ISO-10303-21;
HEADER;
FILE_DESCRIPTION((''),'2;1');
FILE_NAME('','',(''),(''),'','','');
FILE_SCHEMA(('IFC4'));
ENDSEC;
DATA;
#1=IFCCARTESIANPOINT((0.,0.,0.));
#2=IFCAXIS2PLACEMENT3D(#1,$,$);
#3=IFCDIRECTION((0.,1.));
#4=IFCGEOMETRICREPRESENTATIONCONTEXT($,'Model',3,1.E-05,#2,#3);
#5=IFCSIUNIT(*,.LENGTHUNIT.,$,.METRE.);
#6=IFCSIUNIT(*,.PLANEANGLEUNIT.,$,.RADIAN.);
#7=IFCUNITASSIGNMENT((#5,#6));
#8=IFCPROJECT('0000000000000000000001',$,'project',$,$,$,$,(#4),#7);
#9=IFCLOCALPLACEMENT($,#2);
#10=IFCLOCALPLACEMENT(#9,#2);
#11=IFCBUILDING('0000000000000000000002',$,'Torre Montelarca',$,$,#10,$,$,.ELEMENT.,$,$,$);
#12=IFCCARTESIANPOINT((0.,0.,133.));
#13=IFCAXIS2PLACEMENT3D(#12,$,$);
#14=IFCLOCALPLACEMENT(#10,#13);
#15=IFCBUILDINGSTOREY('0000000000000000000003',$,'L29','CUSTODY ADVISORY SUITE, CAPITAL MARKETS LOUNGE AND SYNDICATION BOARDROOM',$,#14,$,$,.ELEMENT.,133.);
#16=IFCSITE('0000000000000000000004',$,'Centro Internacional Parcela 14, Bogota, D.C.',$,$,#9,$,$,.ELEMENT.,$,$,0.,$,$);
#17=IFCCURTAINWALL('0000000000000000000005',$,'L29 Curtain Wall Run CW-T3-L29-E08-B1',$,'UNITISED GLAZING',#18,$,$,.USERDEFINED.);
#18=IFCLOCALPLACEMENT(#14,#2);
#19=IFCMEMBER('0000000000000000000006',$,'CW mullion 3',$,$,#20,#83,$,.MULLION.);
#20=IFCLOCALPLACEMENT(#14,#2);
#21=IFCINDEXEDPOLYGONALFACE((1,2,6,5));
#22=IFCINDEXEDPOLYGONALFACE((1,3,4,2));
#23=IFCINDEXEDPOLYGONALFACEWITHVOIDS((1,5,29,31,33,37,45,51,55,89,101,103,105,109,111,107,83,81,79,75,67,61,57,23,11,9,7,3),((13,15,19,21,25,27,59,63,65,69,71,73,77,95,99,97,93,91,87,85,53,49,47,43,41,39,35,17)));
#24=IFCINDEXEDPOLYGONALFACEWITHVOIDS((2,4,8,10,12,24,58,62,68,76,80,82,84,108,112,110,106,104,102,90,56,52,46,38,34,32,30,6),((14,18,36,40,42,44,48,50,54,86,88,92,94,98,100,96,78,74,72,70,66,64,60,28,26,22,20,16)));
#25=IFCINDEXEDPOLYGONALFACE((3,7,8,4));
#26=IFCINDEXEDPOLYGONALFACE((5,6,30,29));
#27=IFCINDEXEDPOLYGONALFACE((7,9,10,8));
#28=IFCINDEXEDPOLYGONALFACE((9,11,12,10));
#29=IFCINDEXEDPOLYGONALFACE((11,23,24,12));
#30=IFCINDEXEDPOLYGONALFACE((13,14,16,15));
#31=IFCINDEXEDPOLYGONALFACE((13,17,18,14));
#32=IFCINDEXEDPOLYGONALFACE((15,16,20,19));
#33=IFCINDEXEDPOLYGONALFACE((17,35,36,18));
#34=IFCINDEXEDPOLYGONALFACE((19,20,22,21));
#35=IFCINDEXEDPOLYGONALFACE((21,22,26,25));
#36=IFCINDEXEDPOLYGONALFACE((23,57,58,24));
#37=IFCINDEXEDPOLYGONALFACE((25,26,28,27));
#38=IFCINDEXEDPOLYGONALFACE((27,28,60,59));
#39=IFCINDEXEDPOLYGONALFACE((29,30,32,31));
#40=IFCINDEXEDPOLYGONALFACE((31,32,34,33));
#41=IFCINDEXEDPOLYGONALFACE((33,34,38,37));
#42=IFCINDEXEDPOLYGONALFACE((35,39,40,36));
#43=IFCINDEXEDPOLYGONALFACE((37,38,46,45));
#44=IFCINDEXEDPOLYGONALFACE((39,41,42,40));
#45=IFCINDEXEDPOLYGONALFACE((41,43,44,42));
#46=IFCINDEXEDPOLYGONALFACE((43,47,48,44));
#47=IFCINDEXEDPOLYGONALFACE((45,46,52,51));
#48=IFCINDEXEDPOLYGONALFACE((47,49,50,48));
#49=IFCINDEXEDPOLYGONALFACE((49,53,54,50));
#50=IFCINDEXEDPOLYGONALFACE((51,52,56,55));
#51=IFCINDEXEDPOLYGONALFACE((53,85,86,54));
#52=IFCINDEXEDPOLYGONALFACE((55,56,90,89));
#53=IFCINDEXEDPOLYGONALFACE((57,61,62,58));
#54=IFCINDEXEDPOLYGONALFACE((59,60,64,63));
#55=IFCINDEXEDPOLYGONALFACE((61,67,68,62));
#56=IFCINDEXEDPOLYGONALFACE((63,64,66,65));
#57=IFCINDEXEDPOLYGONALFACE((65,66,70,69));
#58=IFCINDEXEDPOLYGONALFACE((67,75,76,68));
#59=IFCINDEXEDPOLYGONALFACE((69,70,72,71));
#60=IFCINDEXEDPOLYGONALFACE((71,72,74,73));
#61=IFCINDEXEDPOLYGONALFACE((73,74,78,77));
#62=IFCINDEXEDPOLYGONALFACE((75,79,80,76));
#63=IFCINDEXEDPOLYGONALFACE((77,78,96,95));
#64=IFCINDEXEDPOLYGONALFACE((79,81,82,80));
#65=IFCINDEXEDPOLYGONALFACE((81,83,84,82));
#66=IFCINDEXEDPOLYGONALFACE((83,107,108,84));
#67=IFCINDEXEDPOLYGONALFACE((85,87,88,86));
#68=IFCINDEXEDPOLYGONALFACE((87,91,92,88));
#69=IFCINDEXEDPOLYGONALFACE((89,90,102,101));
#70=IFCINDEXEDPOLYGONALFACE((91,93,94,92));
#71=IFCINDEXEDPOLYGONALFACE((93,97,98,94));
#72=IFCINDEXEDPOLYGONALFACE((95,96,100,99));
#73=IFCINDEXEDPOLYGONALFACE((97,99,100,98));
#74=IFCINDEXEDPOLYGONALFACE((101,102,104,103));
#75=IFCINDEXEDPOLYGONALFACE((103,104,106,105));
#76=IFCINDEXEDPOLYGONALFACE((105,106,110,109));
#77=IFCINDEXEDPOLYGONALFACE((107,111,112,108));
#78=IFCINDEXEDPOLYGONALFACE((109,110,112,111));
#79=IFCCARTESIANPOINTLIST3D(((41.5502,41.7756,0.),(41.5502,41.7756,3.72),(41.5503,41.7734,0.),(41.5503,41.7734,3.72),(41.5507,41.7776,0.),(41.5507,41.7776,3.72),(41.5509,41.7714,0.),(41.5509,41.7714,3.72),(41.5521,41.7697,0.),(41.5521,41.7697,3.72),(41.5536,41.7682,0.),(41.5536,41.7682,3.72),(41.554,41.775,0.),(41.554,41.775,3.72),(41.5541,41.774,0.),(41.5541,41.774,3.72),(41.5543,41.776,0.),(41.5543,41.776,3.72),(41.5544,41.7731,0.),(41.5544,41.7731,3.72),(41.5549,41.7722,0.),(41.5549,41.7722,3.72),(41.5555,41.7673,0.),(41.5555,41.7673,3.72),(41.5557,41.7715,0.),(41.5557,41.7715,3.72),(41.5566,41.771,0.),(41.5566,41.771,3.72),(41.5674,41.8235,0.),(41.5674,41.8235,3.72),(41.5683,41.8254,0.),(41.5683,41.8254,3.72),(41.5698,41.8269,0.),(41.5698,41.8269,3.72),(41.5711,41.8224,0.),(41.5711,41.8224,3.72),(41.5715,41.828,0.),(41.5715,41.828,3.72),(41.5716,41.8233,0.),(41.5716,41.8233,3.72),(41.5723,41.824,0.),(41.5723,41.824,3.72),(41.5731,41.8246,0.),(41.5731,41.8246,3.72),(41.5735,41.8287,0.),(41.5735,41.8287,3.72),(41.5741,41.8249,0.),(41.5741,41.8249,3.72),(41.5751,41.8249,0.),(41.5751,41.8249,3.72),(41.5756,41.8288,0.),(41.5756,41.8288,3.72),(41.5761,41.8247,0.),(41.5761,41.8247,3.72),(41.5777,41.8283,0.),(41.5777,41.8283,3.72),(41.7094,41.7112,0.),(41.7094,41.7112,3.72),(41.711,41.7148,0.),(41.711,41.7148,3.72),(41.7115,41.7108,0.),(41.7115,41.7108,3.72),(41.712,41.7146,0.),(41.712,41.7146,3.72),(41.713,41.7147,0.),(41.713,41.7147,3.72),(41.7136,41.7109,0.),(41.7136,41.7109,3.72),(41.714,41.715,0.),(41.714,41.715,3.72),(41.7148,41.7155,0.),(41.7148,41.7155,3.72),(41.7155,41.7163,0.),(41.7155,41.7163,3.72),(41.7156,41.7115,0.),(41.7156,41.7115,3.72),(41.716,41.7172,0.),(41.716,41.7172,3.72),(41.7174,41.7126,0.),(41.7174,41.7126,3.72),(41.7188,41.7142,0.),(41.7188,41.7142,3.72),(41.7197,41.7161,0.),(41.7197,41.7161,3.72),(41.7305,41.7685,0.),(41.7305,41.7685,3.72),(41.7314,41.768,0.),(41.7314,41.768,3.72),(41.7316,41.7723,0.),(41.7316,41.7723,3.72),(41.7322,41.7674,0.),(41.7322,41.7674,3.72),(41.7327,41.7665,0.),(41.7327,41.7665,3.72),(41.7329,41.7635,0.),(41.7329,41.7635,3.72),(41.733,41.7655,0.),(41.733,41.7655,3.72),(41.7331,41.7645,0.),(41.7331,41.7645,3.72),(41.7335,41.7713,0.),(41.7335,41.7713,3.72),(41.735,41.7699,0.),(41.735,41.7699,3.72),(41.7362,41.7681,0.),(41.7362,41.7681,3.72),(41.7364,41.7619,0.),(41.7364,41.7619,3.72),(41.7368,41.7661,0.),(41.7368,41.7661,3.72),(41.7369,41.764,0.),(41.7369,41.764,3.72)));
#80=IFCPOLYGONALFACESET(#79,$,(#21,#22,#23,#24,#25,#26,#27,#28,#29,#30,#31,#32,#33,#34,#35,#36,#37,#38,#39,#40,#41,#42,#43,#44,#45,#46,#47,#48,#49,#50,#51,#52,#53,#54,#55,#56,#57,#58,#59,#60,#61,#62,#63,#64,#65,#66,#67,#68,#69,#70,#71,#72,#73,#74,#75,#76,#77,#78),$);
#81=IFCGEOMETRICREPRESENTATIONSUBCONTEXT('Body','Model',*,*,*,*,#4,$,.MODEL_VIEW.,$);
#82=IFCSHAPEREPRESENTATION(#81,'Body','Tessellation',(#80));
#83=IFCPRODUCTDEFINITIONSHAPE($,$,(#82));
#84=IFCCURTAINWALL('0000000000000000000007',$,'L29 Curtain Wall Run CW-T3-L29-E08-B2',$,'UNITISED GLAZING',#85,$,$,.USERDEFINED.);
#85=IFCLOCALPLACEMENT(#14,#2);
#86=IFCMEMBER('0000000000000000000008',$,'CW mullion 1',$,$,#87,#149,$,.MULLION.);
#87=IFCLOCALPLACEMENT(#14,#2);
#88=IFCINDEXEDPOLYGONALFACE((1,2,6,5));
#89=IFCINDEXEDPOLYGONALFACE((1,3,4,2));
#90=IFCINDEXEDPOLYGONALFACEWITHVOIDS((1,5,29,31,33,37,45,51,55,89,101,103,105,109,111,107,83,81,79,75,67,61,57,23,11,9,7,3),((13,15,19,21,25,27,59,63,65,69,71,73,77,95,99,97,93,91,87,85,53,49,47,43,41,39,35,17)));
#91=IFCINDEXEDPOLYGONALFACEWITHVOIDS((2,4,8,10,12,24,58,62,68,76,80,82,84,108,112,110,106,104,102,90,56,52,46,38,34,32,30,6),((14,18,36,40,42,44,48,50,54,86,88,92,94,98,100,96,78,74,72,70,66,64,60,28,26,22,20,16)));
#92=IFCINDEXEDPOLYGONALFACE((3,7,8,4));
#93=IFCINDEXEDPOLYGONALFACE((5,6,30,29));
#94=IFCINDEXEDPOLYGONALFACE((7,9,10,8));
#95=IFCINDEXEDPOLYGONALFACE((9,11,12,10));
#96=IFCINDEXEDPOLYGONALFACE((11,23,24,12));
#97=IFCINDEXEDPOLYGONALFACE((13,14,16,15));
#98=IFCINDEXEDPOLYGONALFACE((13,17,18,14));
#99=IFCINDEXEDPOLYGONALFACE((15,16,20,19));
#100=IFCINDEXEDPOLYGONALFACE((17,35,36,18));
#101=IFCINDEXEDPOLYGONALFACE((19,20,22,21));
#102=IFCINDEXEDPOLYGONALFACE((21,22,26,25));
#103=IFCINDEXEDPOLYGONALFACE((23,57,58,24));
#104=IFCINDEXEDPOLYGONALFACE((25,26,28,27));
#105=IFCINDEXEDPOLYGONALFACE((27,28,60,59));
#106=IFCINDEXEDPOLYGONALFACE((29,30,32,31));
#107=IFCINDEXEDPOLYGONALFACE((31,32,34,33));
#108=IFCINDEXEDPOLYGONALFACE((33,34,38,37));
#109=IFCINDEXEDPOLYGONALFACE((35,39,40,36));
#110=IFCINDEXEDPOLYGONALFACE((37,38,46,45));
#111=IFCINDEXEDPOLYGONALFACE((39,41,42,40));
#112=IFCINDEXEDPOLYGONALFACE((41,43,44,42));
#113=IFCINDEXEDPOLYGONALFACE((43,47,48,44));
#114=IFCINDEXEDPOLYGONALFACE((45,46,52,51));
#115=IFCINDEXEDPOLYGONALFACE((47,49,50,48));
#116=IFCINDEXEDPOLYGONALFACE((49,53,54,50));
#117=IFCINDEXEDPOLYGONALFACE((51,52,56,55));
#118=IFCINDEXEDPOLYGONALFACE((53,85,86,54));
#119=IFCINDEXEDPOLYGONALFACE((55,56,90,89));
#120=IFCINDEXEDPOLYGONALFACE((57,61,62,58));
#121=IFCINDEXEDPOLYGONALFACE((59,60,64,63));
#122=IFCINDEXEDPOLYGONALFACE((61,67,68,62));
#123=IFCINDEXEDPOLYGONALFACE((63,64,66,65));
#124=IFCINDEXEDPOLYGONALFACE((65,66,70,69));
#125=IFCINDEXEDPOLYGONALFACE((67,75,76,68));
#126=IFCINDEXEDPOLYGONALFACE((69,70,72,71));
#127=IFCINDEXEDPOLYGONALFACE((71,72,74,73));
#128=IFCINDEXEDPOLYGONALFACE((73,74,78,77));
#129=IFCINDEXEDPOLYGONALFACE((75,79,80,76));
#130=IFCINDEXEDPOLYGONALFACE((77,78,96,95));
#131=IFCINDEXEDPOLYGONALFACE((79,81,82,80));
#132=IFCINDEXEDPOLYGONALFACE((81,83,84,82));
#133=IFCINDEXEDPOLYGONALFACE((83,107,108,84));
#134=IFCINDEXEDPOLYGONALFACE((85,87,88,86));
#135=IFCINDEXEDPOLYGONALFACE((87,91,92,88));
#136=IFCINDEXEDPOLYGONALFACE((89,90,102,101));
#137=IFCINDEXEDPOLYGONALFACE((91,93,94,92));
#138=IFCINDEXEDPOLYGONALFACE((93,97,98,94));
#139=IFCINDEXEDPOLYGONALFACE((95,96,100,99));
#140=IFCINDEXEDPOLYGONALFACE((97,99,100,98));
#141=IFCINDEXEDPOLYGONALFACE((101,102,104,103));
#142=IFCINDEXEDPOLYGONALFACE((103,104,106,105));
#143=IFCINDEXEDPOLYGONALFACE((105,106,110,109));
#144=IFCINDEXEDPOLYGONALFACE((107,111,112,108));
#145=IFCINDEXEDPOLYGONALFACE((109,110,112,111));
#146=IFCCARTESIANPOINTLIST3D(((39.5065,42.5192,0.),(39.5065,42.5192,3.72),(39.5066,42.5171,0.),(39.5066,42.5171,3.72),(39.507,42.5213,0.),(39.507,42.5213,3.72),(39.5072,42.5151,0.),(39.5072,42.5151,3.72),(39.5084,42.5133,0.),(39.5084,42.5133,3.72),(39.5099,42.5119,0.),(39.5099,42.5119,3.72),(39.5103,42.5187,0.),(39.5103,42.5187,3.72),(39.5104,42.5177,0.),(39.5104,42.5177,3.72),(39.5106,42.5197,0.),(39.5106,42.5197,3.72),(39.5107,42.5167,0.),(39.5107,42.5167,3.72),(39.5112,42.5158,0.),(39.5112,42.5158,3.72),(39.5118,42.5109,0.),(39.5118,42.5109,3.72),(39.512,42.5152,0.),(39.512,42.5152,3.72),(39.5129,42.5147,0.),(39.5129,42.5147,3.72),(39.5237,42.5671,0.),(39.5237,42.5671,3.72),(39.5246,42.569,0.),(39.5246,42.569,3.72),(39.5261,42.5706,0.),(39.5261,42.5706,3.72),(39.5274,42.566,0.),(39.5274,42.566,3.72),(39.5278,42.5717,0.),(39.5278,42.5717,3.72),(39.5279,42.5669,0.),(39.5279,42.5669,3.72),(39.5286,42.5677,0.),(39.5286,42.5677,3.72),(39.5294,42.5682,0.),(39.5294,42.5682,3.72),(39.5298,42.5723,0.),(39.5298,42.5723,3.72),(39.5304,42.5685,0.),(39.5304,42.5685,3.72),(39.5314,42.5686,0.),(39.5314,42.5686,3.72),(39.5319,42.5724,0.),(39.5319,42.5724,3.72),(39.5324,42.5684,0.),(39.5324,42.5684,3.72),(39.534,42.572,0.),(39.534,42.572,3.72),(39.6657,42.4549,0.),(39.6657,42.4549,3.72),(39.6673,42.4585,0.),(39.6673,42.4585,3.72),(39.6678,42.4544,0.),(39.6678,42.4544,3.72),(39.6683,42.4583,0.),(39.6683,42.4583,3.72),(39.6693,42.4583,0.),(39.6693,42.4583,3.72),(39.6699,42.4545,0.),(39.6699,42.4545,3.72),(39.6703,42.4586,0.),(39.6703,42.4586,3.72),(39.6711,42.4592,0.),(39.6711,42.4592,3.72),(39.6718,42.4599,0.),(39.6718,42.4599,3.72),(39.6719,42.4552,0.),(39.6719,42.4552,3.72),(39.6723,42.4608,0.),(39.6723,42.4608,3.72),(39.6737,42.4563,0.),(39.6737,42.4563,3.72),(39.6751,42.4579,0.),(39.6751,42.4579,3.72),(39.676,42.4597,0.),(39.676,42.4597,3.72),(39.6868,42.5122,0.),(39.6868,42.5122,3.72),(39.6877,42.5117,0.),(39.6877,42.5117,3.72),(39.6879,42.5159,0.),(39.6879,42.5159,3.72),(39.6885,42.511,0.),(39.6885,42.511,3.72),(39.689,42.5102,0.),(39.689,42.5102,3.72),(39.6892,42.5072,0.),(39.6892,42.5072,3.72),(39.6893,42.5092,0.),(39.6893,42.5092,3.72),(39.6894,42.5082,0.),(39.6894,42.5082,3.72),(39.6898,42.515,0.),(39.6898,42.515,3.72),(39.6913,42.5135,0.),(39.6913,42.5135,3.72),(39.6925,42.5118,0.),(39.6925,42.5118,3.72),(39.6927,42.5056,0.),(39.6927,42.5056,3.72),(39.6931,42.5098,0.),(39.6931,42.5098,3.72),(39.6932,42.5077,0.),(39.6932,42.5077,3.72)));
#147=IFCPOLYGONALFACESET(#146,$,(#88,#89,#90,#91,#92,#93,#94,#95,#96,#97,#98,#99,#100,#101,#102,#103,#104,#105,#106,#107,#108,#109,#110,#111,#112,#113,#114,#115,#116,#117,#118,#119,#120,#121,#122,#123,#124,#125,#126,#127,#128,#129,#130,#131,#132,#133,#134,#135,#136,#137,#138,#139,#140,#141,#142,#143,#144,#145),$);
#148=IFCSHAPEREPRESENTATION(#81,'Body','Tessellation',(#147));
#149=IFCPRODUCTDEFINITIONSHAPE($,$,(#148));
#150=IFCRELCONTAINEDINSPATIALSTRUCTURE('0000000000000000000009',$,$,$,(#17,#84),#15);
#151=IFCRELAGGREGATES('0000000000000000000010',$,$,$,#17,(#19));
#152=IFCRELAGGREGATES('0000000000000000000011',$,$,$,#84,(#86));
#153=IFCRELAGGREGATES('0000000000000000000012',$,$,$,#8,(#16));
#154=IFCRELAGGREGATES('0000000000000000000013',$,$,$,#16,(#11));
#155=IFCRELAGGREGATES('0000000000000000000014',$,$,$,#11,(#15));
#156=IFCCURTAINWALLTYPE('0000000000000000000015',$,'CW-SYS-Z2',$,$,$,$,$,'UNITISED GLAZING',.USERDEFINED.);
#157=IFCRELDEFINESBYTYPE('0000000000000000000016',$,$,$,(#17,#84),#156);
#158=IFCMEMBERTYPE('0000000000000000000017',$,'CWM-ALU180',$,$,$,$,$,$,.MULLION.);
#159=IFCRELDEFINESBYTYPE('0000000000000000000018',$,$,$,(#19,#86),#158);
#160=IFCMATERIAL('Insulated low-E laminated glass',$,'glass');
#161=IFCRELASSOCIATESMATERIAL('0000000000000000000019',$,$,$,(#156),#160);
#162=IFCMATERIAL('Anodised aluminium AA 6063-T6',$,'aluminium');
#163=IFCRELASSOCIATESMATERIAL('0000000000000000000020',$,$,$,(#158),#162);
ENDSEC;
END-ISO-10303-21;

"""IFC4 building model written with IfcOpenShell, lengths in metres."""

from ifc_helpers import new_model, si_unit, direction, frame, origin, origin_2d, place, context, subcontext, project, spatial, hollow_rectangle, extrude, source, transform, mapped, material, material_profile, profile_set, type_object, element, aggregate, save


model = new_model("IFC4")

# Units and contexts
model_context = context("Model", 3, precision=1e-05, world=origin(), true_north=direction((0.0, 1.0)))
body_context = subcontext(model_context, "Body", "Model", "MODEL_VIEW")
ifc_project = project(units=[si_unit("LENGTHUNIT", "METRE"), si_unit("PLANEANGLEUNIT", "RADIAN")], contexts=[model_context])

# Site, building, storey
site_placement = place(None, origin())
site = spatial("IfcSite", under=ifc_project, at=site_placement, Name="Centro Internacional Parcela 14, Bogota, D.C.", CompositionType="ELEMENT", RefElevation=0.0)
building_placement = place(site_placement, origin())
building = spatial("IfcBuilding", under=site, at=building_placement, Name="Torre Montelarca", CompositionType="ELEMENT")
storey_placement = place(building_placement, frame((0.0, 0.0, 133.0)))
storey = spatial("IfcBuildingStorey", under=building, at=storey_placement, Name="L29", Description="CUSTODY ADVISORY SUITE, CAPITAL MARKETS LOUNGE AND SYNDICATION BOARDROOM", CompositionType="ELEMENT", Elevation=133.0)

# Shared definitions
ifc_material_1 = material(Name="Insulated low-E laminated glass", Category="glass")
curtain_wall_type = type_object("IfcCurtainWallType", Name="CW-SYS-Z2", ElementType="UNITISED GLAZING", PredefinedType="USERDEFINED", material=ifc_material_1)
ifc_material_2 = material(Name="Anodised aluminium AA 6063-T6", Category="aluminium")

# Shared definitions
ifc_material_profile_1 = material_profile(ifc_material_2, hollow_rectangle(XDim=0.0649, YDim=0.1799, WallThickness=0.0039, InnerFilletRadius=0.0039, OuterFilletRadius=0.0081, at=origin_2d()), Name="ALU65X180X4", Category="aluminium")
ifc_profile_set_1 = profile_set([ifc_material_profile_1], Name="Anodised aluminium AA 6063-T6")
member_type_1 = type_object("IfcMemberType", Name="CWM-ALU180", PredefinedType="MULLION", material=ifc_profile_set_1)
shared_shape_1 = source(origin(), body_context, "Body", "SweptSolid", [
    extrude(hollow_rectangle(XDim=0.0649, YDim=0.1799, WallThickness=0.0039, InnerFilletRadius=0.0039, OuterFilletRadius=0.0081, at=origin_2d()), origin(), (0.0, 0.0, 1.0), 3.72),
])

# Curtain wall, member
curtain_wall_1_placement = place(storey_placement, origin())
curtain_wall_1 = element("IfcCurtainWall", 1, at=curtain_wall_1_placement, inside=storey, type_object=curtain_wall_type, Name="L29 Curtain Wall Run CW-T3-L29-E08-B1", ObjectType="UNITISED GLAZING", PredefinedType="USERDEFINED")
member_1_placement = place(storey_placement, frame((41.6436, 41.7698, 0.0), z_axis=(0.0, 0.0, 1.0), x_axis=(-0.342018, -0.939693, 0.0)))
member_1 = element("IfcMember", 2, at=member_1_placement, type_object=member_type_1, Name="CW mullion 3", PredefinedType="MULLION", context=body_context, shape_type="MappedRepresentation", body=[
    mapped(shared_shape_1, transform((0.0, 0.0, 0.0), scale=1.0)),
])

# Curtain wall, member
curtain_wall_2_placement = place(storey_placement, origin())
curtain_wall_2 = element("IfcCurtainWall", 3, at=curtain_wall_2_placement, inside=storey, type_object=curtain_wall_type, Name="L29 Curtain Wall Run CW-T3-L29-E08-B2", ObjectType="UNITISED GLAZING", PredefinedType="USERDEFINED")
member_2_placement = place(storey_placement, frame((39.5999, 42.5134, 0.0), z_axis=(0.0, 0.0, 1.0), x_axis=(-0.342018, -0.939694, 0.0)))
member_2 = element("IfcMember", 4, at=member_2_placement, type_object=member_type_1, Name="CW mullion 1", PredefinedType="MULLION", context=body_context, shape_type="MappedRepresentation", body=[
    mapped(shared_shape_1, transform((0.0, 0.0, 0.0), scale=1.0)),
])

aggregate(curtain_wall_1, [member_1])
aggregate(curtain_wall_2, [member_2])

save(model, "model.ifc")
